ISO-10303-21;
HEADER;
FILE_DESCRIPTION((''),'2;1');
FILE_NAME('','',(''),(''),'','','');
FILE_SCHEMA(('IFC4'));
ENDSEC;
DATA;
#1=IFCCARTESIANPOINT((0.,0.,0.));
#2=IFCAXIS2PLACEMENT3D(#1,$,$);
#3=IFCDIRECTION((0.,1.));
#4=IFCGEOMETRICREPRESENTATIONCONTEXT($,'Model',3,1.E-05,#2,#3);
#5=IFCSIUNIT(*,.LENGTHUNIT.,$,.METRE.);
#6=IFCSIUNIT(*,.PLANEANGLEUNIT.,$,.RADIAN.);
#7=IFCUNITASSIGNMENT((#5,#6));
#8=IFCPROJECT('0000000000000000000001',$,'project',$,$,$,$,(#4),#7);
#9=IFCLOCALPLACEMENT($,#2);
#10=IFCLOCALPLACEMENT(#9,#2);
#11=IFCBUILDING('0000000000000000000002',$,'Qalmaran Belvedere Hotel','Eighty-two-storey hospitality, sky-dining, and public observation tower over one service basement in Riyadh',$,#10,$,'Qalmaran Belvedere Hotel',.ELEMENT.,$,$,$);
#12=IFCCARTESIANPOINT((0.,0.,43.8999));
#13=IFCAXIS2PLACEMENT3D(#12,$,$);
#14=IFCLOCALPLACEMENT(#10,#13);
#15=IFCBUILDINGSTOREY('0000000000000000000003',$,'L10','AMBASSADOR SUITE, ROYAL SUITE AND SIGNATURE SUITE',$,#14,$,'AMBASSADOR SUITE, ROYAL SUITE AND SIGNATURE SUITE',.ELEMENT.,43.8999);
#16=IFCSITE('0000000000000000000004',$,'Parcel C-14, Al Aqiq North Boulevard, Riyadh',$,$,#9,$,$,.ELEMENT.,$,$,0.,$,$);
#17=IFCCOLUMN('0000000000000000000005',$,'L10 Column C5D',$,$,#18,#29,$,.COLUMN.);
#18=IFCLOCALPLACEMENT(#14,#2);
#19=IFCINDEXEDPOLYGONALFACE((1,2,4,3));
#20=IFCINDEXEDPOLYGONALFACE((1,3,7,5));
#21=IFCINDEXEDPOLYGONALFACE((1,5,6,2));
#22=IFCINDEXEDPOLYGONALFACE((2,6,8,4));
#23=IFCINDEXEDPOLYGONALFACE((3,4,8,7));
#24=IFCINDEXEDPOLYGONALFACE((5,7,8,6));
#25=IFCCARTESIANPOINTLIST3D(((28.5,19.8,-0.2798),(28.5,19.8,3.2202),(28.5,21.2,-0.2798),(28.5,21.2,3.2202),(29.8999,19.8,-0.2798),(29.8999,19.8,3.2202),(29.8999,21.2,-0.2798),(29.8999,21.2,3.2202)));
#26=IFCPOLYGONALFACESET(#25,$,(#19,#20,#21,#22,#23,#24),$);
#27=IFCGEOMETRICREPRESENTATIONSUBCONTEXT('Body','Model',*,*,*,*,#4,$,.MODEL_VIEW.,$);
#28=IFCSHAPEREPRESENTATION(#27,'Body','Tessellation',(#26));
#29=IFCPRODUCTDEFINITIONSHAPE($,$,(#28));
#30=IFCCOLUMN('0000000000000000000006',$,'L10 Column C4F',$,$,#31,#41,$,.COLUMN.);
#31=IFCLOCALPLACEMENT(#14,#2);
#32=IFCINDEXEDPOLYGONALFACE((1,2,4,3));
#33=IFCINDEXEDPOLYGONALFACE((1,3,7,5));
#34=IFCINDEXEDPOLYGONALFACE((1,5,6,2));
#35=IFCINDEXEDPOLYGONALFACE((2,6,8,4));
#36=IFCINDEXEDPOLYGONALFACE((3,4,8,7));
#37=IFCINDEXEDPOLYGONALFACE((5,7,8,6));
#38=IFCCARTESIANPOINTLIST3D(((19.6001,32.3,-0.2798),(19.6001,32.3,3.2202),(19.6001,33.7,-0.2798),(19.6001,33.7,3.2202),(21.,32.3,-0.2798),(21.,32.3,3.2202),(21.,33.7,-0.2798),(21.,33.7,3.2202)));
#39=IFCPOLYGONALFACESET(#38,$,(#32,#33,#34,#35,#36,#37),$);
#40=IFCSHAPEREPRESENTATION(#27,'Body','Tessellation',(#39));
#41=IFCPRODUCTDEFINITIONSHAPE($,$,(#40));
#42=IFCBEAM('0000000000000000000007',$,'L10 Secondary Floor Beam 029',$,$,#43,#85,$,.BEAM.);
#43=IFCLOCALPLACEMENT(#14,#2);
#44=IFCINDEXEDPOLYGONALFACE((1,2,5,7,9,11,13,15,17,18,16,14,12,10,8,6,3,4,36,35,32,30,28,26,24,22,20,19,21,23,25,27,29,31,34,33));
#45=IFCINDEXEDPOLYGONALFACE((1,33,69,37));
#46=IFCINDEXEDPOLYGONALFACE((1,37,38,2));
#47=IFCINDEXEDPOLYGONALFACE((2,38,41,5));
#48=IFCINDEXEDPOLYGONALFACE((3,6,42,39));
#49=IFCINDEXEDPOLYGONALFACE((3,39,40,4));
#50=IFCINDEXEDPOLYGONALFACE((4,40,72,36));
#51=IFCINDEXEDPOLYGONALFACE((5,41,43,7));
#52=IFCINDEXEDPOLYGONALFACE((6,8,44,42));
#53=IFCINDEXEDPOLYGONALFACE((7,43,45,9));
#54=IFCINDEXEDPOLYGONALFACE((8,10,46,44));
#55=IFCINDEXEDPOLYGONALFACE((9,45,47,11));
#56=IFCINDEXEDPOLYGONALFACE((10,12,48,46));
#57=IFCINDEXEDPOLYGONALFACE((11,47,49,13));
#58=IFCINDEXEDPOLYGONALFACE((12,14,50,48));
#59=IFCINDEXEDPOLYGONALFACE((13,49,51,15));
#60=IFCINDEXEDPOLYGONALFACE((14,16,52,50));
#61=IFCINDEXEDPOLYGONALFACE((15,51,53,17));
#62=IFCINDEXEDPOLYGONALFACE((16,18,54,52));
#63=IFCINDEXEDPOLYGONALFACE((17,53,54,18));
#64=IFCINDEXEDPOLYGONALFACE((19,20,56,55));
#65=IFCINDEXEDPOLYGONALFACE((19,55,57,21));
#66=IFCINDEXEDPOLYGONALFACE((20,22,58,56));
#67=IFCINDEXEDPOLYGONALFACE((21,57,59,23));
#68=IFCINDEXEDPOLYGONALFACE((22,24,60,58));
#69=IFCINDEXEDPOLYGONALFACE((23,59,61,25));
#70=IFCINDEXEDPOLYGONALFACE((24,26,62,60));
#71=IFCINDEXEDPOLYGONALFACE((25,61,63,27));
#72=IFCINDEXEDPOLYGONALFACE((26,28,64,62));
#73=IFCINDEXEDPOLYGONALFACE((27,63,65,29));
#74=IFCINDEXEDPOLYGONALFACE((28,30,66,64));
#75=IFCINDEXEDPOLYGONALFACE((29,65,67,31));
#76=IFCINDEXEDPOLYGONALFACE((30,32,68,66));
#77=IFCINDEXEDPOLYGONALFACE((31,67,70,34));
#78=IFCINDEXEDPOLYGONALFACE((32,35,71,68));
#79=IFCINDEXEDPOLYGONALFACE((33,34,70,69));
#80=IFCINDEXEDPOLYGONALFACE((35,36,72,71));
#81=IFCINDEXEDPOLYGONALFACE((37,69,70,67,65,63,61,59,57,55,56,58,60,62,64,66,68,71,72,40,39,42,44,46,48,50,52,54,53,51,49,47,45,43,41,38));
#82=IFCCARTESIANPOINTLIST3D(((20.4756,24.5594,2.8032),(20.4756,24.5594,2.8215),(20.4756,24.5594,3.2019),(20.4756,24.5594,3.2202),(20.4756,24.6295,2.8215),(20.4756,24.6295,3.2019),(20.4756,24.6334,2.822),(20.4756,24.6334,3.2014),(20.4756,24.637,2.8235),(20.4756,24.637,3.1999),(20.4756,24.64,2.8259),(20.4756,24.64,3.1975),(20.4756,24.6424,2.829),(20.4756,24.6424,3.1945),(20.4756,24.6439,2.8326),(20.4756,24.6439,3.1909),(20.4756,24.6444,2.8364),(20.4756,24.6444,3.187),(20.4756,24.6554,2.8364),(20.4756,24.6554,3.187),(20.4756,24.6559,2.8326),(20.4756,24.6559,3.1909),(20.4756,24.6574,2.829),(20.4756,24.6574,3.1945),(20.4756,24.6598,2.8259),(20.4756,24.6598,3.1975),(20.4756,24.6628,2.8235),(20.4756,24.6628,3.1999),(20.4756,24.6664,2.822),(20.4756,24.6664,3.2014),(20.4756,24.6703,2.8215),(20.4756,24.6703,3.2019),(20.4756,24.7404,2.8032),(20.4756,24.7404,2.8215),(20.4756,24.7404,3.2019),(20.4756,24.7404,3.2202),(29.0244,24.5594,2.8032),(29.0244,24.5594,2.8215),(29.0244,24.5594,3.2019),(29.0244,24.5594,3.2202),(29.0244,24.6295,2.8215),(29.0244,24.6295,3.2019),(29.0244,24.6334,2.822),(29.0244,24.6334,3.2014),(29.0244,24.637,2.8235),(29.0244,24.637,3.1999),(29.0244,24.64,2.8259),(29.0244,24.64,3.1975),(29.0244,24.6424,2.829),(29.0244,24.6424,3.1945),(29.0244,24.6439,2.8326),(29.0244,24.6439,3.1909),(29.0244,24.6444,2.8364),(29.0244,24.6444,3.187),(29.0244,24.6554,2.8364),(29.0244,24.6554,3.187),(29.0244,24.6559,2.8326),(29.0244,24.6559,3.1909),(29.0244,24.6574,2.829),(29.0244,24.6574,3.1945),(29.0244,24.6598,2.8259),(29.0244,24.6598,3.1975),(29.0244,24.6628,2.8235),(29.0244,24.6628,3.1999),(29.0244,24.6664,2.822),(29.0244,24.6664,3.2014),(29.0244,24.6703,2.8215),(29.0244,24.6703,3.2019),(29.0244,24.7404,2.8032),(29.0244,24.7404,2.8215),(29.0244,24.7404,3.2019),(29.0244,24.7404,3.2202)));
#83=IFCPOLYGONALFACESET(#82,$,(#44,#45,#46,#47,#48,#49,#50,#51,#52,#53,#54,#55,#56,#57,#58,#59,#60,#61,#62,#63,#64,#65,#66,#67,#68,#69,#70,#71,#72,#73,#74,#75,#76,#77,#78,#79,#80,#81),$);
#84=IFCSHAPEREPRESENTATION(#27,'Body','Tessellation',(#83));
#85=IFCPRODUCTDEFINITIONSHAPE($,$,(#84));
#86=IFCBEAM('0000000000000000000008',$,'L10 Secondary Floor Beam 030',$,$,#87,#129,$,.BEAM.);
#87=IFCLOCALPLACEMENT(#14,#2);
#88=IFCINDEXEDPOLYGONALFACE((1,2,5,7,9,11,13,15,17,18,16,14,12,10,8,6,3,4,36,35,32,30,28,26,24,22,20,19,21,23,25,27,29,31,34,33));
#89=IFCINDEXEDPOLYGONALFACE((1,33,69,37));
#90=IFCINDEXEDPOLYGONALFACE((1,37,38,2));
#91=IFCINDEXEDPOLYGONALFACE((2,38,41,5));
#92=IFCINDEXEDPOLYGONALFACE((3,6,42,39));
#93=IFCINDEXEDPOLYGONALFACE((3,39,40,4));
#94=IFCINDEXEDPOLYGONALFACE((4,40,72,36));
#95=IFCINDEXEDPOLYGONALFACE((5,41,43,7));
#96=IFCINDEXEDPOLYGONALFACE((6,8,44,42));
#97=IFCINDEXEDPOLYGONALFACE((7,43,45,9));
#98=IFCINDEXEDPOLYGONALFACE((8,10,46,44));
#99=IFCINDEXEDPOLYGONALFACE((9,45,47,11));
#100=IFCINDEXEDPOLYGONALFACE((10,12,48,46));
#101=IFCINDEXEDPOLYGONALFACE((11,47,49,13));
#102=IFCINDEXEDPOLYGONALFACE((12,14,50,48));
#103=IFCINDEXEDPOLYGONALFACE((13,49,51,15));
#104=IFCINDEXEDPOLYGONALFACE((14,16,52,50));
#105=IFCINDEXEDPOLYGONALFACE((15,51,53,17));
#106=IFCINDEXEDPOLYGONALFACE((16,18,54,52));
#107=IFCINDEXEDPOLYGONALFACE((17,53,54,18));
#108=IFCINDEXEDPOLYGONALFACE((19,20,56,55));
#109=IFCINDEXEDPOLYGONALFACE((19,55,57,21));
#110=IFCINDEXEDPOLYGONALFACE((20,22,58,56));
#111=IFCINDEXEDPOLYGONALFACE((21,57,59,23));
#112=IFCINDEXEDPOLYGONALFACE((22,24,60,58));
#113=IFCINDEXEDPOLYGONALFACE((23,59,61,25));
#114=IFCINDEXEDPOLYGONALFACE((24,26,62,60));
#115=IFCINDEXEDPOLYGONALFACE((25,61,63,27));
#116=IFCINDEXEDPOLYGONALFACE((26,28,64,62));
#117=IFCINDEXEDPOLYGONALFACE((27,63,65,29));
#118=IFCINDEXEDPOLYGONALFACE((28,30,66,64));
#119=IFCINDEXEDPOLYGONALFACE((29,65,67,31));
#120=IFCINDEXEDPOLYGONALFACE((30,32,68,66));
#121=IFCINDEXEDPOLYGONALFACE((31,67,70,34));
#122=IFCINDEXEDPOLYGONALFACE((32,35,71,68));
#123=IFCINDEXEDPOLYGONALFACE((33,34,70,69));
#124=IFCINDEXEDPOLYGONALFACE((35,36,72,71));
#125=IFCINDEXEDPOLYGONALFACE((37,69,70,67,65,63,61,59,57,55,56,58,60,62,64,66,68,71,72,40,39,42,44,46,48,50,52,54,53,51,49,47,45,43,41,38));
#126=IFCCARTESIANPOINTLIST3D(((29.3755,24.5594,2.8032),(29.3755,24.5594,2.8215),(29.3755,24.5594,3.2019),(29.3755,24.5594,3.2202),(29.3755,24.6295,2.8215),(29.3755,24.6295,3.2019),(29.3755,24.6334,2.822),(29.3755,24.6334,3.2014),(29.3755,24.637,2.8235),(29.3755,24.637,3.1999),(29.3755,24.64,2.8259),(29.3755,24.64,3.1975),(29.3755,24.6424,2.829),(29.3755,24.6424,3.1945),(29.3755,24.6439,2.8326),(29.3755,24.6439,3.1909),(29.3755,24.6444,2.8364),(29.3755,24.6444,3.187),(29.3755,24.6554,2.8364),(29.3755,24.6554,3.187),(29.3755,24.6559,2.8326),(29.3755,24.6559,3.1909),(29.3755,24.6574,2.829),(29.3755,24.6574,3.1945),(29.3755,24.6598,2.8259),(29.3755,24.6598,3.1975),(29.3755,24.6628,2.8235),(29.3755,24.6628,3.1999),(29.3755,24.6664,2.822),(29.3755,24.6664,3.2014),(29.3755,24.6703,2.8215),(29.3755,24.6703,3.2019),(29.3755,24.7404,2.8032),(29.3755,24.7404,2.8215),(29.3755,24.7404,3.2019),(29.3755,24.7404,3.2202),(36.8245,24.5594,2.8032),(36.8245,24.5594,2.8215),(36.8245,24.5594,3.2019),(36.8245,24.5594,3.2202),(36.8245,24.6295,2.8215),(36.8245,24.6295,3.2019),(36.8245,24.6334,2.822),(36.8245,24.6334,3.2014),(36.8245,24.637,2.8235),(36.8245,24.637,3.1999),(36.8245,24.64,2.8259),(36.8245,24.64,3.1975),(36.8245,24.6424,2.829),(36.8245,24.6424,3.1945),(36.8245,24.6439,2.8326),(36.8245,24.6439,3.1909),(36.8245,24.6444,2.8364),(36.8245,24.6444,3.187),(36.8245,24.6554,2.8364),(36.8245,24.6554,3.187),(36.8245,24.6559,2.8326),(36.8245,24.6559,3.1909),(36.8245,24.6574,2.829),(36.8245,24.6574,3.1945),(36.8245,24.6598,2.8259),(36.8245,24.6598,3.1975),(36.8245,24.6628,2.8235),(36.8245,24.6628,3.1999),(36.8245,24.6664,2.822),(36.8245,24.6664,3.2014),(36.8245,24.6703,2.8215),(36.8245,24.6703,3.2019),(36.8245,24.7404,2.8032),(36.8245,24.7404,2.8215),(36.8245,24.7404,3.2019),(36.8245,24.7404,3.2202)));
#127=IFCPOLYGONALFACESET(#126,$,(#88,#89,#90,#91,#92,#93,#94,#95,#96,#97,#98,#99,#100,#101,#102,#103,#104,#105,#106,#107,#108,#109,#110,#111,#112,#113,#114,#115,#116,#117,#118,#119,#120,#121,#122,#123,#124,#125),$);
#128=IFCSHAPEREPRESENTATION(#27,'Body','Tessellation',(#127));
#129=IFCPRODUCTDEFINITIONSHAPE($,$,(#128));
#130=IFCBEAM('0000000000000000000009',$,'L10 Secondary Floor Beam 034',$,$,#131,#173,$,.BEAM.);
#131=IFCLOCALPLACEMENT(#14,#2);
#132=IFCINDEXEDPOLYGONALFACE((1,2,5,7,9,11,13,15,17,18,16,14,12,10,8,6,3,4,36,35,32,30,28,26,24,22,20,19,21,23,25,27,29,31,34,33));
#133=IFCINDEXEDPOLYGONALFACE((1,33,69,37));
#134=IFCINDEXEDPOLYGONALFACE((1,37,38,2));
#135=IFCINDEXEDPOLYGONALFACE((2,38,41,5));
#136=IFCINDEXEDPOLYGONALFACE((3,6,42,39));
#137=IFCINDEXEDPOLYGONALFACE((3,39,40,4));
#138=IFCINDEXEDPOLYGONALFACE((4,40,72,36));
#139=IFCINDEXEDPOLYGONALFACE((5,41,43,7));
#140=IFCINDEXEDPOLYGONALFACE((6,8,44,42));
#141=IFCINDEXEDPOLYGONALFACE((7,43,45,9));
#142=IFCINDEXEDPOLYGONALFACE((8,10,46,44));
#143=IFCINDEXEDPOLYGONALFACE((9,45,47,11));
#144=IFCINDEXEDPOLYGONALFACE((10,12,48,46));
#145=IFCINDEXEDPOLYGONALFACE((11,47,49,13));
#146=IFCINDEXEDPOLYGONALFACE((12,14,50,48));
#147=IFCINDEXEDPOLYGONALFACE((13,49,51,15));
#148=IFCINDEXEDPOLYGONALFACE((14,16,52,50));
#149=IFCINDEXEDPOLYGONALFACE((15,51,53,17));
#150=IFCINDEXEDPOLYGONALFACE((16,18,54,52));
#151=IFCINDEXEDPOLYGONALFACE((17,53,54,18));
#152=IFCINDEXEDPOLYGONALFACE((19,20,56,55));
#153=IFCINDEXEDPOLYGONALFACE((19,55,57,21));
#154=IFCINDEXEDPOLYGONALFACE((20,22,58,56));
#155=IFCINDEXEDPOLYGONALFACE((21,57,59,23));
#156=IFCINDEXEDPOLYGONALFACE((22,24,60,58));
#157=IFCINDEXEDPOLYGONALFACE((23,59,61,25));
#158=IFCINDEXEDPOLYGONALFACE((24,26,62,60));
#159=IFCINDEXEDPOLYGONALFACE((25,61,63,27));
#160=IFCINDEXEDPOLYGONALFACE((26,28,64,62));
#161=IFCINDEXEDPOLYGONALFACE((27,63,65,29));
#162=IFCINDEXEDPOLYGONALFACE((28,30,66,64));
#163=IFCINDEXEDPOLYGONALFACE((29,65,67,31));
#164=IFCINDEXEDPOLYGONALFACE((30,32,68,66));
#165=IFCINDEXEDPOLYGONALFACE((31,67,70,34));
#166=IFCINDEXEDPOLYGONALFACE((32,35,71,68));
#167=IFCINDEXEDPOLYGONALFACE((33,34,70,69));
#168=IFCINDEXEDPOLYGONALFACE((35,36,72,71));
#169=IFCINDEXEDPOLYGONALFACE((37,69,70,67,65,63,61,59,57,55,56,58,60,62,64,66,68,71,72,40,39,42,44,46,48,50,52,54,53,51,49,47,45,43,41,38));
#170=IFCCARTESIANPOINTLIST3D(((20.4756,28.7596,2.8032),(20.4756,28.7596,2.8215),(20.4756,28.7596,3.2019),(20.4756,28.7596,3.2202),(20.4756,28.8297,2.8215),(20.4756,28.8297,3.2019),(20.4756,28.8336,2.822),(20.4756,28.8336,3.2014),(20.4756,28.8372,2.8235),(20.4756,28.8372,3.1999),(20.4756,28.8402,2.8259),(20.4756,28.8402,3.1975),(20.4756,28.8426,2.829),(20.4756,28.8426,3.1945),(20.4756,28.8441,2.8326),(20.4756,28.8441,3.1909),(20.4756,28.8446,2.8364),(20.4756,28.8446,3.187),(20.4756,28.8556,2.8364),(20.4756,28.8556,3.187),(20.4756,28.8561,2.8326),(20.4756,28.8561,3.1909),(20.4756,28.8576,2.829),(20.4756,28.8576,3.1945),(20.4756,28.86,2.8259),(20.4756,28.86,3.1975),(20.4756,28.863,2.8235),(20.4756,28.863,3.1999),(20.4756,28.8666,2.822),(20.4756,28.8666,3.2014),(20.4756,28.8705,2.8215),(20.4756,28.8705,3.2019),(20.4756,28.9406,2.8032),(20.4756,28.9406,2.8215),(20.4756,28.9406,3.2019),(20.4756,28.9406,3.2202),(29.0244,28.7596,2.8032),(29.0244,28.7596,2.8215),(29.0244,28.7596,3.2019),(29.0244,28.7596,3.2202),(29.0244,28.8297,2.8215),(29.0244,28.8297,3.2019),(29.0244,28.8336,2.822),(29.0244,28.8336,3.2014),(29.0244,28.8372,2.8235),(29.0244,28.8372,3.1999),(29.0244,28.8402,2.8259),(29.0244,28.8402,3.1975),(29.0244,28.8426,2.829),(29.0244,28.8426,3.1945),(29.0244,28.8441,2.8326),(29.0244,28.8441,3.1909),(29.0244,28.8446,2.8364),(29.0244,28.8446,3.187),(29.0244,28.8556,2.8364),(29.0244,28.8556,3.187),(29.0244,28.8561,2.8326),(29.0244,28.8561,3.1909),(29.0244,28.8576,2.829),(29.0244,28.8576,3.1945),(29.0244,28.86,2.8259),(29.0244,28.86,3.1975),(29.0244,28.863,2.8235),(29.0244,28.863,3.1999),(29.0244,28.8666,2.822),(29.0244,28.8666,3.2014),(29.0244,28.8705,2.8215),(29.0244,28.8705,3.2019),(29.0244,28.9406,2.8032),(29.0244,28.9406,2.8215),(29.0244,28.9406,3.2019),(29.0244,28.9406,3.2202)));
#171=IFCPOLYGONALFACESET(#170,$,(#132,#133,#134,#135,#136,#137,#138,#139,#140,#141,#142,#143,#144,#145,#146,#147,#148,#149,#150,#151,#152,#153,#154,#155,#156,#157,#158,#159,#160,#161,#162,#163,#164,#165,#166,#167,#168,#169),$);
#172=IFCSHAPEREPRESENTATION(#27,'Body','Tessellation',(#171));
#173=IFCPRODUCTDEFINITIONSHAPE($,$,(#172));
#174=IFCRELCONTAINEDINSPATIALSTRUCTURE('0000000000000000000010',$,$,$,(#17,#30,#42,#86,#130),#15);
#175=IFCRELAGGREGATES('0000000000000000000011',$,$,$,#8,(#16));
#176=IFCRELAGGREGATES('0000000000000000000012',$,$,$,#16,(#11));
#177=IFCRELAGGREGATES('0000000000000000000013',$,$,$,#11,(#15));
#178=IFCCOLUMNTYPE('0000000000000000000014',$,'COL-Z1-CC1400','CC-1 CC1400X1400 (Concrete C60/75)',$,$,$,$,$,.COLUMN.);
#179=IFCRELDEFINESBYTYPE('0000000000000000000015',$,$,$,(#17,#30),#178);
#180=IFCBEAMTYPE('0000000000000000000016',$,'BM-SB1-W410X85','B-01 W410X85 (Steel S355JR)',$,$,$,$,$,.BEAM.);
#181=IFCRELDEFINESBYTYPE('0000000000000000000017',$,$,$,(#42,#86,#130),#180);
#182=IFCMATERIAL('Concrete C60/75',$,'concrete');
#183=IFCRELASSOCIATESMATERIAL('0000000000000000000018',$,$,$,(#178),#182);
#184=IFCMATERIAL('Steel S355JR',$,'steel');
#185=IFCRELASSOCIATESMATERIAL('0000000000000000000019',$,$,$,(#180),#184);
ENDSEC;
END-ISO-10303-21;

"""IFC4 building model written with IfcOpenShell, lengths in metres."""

from ifc_helpers import new_model, si_unit, direction, frame, origin, origin_2d, place, context, subcontext, project, spatial, rectangle, i_section, extrude, material, material_profile, profile_set, type_object, element, save


model = new_model("IFC4")

# Units and contexts
model_context = context("Model", 3, precision=1e-05, world=origin(), true_north=direction((0.0, 1.0)))
body_context = subcontext(model_context, "Body", "Model", "MODEL_VIEW")
ifc_project = project(units=[si_unit("LENGTHUNIT", "METRE"), si_unit("PLANEANGLEUNIT", "RADIAN")], contexts=[model_context])

# Site, building, storey
site_placement = place(None, origin())
site = spatial("IfcSite", under=ifc_project, at=site_placement, Name="Parcel C-14, Al Aqiq North Boulevard, Riyadh", CompositionType="ELEMENT", RefElevation=0.0)
building_placement = place(site_placement, origin())
building = spatial("IfcBuilding", under=site, at=building_placement, Name="Qalmaran Belvedere Hotel", Description="Eighty-two-storey hospitality, sky-dining, and public observation tower over one service basement in Riyadh", LongName="Qalmaran Belvedere Hotel", CompositionType="ELEMENT")
storey_placement = place(building_placement, frame((0.0, 0.0, 43.8999)))
storey = spatial("IfcBuildingStorey", under=building, at=storey_placement, Name="L10", Description="AMBASSADOR SUITE, ROYAL SUITE AND SIGNATURE SUITE", LongName="AMBASSADOR SUITE, ROYAL SUITE AND SIGNATURE SUITE", CompositionType="ELEMENT", Elevation=43.8999)

# Columns
ifc_material_1 = material(Name="Concrete C60/75", Category="concrete")
ifc_material_profile_1 = material_profile(ifc_material_1, rectangle(XDim=1.3999, YDim=1.3999, at=origin_2d()), Name="CC1400X1400")
ifc_profile_set_1 = profile_set([ifc_material_profile_1], Name="Concrete C60/75")
column_type = type_object("IfcColumnType", Name="COL-Z1-CC1400", Description="CC-1 CC1400X1400 (Concrete C60/75)", PredefinedType="COLUMN", material=ifc_profile_set_1)
for number, where, z_axis, x_axis, name in (
    (1, (29.2, 20.5, -0.2798), (0.0, 0.0, 1.0), (1.0, 0.0, 0.0), "L10 Column C5D"),
    (2, (20.3, 33.0, -0.2798), (0.0, 0.0, 1.0), (1.0, 0.0, 0.0), "L10 Column C4F"),
):
    element("IfcColumn", number, at=place(storey_placement, frame(where, z_axis=z_axis, x_axis=x_axis)), inside=storey, type_object=column_type, Name=name, PredefinedType="COLUMN", context=body_context, shape_type="SweptSolid", body=[
        extrude(rectangle(XDim=1.3999, YDim=1.3999, at=origin_2d()), origin(), (0.0, 0.0, 1.0), 3.5),
    ])

# Beams
ifc_material_2 = material(Name="Steel S355JR", Category="steel")
ifc_material_profile_2 = material_profile(ifc_material_2, i_section(OverallWidth=0.1809, OverallDepth=0.417, WebThickness=0.011, FlangeThickness=0.0183, FilletRadius=0.0149, at=origin_2d()), Name="W410X85")
ifc_profile_set_2 = profile_set([ifc_material_profile_2], Name="Steel S355JR")
beam_type_1 = type_object("IfcBeamType", Name="BM-SB1-W410X85", Description="B-01 W410X85 (Steel S355JR)", PredefinedType="BEAM", material=ifc_profile_set_2)
beam_1_placement = place(storey_placement, frame((20.4756, 24.6499, 3.0117), z_axis=(1.0, 0.0, 0.0), x_axis=(0.0, 1.0, 0.0)))
element("IfcBeam", 3, at=beam_1_placement, inside=storey, type_object=beam_type_1, Name="L10 Secondary Floor Beam 029", PredefinedType="BEAM", context=body_context, shape_type="SweptSolid", body=[
    extrude(i_section(OverallWidth=0.1809, OverallDepth=0.417, WebThickness=0.011, FlangeThickness=0.0183, FilletRadius=0.0149, at=origin_2d()), origin(), (0.0, 0.0, 1.0), 8.5488),
])
beam_2_placement = place(storey_placement, frame((29.3755, 24.6499, 3.0117), z_axis=(1.0, 0.0, 0.0), x_axis=(0.0, 1.0, 0.0)))
element("IfcBeam", 4, at=beam_2_placement, inside=storey, type_object=beam_type_1, Name="L10 Secondary Floor Beam 030", PredefinedType="BEAM", context=body_context, shape_type="SweptSolid", body=[
    extrude(i_section(OverallWidth=0.1809, OverallDepth=0.417, WebThickness=0.011, FlangeThickness=0.0183, FilletRadius=0.0149, at=origin_2d()), origin(), (0.0, 0.0, 1.0), 7.449),
])
beam_3_placement = place(storey_placement, frame((20.4756, 28.8501, 3.0117), z_axis=(1.0, 0.0, 0.0), x_axis=(0.0, 1.0, 0.0)))
element("IfcBeam", 5, at=beam_3_placement, inside=storey, type_object=beam_type_1, Name="L10 Secondary Floor Beam 034", PredefinedType="BEAM", context=body_context, shape_type="SweptSolid", body=[
    extrude(i_section(OverallWidth=0.1809, OverallDepth=0.417, WebThickness=0.011, FlangeThickness=0.0183, FilletRadius=0.0149, at=origin_2d()), origin(), (0.0, 0.0, 1.0), 8.5488),
])

save(model, "model.ifc")
